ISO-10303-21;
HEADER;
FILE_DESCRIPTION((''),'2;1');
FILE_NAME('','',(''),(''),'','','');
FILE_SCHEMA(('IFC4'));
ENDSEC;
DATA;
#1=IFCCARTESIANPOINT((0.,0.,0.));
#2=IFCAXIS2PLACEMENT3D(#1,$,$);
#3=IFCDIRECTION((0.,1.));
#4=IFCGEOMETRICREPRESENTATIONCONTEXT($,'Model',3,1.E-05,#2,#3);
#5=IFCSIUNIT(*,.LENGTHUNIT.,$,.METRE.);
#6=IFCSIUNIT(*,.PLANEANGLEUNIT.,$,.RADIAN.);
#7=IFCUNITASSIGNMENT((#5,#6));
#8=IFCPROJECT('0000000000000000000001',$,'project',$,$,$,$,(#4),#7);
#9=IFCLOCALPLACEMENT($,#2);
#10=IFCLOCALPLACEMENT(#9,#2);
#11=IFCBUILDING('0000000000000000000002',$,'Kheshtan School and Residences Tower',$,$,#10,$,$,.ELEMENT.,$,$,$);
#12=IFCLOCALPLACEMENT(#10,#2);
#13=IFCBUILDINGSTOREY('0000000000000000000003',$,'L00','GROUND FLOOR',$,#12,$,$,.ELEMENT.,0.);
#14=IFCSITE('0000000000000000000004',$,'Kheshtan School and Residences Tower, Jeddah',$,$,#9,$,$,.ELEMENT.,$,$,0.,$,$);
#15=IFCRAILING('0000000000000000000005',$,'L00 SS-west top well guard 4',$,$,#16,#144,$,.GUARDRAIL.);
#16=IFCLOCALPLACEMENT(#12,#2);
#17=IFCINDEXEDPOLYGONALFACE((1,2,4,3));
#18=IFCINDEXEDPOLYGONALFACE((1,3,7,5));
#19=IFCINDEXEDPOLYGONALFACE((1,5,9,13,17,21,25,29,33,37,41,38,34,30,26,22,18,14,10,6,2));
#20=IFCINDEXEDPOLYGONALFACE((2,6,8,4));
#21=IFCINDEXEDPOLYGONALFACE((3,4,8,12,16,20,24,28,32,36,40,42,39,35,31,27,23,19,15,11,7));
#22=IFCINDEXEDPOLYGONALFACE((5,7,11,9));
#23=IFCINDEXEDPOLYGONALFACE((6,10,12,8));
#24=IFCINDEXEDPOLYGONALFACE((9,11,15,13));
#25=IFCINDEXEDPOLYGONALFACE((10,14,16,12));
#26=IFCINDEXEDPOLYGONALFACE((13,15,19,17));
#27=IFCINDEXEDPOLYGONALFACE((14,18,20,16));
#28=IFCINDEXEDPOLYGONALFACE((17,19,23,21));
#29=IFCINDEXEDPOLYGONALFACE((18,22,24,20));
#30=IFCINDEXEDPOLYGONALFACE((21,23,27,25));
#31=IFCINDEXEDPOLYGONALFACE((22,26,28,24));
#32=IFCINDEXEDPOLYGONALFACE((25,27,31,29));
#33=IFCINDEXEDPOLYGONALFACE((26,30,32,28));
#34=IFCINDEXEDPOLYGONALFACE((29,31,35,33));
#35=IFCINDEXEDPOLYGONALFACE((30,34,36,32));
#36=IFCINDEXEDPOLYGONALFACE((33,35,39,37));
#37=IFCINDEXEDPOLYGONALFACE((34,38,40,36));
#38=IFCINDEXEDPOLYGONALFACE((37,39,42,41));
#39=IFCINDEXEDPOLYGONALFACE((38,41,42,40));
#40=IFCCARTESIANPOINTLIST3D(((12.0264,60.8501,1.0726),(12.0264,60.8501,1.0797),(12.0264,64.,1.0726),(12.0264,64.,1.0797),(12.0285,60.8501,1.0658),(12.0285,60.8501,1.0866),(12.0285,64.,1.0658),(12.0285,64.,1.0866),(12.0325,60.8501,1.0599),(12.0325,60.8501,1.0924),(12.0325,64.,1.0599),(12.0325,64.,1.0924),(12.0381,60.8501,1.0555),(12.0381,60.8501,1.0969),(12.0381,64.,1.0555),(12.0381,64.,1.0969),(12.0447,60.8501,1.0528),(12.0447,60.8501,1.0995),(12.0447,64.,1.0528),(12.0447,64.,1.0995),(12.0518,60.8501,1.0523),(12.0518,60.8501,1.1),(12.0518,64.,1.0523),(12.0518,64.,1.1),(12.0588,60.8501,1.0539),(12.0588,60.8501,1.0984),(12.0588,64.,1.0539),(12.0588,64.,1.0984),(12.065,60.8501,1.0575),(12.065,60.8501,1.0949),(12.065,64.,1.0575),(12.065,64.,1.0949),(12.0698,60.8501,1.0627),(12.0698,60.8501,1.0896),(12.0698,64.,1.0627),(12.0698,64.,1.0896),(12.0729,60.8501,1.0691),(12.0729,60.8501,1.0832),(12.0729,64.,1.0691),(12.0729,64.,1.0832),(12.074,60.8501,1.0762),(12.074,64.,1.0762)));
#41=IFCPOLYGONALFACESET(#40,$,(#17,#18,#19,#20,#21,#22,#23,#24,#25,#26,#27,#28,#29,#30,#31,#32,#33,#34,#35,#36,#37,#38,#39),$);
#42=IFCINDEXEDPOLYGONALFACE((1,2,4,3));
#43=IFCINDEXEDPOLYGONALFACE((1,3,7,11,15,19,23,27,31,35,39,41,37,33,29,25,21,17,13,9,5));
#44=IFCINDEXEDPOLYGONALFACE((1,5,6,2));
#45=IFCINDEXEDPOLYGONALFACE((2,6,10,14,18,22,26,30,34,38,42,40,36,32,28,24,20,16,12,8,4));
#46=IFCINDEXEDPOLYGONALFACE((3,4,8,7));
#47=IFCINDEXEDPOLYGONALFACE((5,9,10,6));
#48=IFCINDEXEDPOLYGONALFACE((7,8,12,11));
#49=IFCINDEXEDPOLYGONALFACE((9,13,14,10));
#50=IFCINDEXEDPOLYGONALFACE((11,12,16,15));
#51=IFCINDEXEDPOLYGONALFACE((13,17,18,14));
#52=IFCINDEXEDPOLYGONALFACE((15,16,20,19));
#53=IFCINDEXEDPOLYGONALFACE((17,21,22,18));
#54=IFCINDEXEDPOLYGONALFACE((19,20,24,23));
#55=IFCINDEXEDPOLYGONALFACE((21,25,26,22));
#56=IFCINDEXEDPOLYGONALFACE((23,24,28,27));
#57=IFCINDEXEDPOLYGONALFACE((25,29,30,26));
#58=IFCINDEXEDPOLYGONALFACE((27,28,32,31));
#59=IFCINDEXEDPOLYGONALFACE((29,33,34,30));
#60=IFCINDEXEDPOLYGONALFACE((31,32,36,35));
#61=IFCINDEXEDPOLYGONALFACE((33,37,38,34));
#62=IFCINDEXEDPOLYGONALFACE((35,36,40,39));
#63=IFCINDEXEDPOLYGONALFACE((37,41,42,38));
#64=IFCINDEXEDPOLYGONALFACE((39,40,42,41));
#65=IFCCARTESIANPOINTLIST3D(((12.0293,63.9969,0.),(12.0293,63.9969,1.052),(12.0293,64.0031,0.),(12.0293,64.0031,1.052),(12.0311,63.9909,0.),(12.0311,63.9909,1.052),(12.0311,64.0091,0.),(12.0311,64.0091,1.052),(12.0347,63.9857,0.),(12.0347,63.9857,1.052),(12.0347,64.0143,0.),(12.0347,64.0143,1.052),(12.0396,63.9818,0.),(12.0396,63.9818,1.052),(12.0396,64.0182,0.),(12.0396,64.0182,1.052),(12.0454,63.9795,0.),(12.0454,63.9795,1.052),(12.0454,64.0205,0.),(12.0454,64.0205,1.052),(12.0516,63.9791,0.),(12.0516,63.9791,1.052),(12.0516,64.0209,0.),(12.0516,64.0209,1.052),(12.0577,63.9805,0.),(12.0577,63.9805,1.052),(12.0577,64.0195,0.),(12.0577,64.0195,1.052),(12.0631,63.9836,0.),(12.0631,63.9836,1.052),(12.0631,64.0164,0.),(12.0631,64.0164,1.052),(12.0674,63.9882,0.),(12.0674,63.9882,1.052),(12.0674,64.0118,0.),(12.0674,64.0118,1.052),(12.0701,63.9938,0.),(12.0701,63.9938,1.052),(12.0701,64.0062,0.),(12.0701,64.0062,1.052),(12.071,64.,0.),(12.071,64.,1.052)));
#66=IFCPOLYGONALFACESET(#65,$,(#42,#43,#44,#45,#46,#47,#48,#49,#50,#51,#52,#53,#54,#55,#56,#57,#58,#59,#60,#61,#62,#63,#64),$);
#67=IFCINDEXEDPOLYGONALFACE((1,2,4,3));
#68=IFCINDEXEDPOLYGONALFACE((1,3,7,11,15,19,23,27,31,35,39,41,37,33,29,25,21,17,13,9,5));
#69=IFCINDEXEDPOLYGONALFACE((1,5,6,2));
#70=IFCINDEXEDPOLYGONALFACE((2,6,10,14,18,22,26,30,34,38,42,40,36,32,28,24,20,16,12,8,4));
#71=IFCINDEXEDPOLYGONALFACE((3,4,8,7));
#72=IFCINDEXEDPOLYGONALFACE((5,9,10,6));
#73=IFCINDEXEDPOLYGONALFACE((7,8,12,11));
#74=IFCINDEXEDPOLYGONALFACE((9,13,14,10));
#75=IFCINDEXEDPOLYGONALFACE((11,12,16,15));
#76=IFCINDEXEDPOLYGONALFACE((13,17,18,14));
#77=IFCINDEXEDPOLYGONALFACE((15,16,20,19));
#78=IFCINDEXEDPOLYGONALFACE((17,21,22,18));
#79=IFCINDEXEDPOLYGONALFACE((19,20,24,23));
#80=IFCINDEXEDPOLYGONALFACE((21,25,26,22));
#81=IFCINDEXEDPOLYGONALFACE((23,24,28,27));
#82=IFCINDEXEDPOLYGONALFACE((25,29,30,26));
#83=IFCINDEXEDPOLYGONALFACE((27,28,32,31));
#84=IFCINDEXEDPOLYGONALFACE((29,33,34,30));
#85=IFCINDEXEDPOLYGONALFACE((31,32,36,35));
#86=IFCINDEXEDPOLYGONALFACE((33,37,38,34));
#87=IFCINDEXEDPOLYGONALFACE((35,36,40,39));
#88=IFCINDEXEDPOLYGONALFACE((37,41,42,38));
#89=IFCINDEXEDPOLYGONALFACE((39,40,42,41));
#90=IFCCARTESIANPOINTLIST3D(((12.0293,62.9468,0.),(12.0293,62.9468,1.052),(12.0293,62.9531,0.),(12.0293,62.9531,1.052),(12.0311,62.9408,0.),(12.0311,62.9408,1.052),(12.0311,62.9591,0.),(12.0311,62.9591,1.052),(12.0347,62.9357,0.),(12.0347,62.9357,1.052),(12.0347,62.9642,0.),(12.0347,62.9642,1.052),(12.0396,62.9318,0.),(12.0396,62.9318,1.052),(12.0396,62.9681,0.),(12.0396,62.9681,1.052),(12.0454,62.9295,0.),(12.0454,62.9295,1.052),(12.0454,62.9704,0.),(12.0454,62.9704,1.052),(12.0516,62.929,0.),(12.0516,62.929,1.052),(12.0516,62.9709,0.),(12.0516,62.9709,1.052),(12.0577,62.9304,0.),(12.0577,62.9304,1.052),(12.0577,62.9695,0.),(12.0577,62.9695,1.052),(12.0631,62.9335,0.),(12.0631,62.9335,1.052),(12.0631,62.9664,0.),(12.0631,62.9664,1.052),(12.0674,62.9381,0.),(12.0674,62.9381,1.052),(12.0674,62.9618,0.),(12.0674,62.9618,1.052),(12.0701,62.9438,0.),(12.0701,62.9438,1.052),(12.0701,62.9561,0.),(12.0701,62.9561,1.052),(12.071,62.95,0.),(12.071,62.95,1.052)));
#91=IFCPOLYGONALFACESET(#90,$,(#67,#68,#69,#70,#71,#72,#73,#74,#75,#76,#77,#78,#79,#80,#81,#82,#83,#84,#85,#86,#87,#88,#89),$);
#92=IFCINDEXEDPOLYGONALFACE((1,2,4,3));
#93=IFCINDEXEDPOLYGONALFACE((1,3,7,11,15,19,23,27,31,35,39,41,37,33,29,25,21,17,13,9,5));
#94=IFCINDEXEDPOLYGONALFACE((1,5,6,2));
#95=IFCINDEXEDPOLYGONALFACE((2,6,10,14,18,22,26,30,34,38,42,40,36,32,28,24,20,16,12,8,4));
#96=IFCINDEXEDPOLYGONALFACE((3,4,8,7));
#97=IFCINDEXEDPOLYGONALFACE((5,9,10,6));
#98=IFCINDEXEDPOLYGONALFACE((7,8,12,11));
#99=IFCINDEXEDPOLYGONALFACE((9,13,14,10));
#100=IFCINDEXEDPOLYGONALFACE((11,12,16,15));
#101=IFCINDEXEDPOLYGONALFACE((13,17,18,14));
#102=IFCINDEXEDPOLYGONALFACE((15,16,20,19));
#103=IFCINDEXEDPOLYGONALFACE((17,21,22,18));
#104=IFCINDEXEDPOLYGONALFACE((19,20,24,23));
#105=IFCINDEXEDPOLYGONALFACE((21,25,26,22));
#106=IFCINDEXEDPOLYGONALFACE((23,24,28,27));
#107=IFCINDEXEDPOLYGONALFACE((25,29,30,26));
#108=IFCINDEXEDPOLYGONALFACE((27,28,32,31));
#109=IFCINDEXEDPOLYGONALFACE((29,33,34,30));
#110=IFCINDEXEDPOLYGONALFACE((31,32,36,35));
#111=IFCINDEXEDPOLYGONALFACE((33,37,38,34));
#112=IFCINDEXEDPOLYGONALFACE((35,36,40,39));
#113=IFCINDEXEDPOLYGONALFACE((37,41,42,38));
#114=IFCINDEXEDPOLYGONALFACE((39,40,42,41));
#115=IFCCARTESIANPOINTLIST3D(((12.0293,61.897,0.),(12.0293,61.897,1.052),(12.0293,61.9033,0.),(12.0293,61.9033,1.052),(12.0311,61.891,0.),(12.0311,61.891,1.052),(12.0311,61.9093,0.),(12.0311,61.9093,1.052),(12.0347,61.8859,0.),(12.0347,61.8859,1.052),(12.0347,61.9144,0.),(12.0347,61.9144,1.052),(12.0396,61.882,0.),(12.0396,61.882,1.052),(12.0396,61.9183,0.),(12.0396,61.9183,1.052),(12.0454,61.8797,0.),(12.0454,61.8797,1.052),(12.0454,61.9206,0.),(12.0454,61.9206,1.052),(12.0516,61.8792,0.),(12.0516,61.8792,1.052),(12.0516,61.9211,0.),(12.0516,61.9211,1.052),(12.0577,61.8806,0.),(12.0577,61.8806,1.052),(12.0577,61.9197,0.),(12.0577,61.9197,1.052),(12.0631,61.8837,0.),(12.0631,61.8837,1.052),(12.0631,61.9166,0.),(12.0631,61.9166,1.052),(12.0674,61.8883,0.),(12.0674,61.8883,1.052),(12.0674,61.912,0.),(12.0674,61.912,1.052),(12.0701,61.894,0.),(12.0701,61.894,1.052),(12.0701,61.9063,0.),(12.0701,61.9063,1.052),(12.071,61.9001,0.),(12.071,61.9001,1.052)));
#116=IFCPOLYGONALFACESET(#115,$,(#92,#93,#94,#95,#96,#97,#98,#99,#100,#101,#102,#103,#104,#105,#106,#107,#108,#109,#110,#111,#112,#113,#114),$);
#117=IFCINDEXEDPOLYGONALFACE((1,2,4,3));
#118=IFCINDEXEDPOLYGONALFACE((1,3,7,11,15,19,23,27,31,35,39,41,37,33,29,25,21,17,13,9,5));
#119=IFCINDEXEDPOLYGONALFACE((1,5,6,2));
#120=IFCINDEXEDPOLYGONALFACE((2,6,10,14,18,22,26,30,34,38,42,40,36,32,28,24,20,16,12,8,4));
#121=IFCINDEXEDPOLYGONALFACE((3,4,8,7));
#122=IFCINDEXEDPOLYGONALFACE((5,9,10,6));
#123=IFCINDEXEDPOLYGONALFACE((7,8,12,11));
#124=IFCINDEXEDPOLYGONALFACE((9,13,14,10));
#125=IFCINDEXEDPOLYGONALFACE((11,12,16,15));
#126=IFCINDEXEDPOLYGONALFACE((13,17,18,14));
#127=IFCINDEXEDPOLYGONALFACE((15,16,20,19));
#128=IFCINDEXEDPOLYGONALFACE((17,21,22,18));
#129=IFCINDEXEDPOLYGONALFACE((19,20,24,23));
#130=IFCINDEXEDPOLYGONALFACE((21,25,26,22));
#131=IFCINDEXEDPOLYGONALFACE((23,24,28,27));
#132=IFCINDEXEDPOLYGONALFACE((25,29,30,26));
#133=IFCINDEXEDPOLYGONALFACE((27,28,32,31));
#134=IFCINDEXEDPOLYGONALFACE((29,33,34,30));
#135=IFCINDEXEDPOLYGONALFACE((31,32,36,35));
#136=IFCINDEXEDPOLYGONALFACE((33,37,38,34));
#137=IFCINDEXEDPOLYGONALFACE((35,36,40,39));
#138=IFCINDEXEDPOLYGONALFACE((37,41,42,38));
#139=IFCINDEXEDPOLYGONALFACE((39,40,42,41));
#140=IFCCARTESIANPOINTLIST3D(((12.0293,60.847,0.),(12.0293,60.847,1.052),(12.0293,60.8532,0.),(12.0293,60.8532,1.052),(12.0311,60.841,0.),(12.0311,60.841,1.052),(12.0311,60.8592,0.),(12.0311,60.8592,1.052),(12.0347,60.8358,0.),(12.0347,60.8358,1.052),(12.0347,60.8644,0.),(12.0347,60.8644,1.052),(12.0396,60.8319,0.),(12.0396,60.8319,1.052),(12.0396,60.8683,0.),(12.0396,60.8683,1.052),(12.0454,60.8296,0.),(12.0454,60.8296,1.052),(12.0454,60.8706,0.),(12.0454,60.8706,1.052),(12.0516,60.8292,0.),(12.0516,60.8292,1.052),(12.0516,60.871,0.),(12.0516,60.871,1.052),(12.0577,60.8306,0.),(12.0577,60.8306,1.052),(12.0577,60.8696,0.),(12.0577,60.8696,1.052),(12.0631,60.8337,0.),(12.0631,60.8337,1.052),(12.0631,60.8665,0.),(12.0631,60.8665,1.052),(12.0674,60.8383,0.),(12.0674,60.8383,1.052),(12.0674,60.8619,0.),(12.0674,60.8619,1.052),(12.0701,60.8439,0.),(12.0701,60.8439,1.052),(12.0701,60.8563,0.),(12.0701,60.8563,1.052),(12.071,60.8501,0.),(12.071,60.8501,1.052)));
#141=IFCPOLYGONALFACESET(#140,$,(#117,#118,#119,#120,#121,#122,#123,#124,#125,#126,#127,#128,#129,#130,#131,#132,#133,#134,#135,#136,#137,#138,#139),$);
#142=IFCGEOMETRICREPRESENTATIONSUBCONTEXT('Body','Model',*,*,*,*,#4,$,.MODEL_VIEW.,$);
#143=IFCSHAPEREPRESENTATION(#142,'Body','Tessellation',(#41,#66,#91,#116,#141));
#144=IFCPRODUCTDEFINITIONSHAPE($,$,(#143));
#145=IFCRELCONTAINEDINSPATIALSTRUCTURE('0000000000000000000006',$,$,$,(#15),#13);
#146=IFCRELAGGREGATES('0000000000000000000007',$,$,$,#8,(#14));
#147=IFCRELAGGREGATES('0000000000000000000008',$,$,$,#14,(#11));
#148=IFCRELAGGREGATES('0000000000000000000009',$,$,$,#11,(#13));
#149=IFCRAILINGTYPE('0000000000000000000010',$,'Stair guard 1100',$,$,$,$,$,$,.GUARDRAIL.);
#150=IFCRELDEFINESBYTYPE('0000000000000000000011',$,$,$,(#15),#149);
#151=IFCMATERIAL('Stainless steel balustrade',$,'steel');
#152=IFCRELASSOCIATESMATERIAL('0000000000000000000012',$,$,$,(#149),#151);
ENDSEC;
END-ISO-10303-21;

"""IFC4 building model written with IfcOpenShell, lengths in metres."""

from ifc_helpers import new_model, si_unit, direction, frame, origin, origin_2d, place, context, subcontext, project, spatial, circle, extrude, material, type_object, element, save


model = new_model("IFC4")

# Units and contexts
model_context = context("Model", 3, precision=1e-05, world=origin(), true_north=direction((0.0, 1.0)))
body_context = subcontext(model_context, "Body", "Model", "MODEL_VIEW")
ifc_project = project(units=[si_unit("LENGTHUNIT", "METRE"), si_unit("PLANEANGLEUNIT", "RADIAN")], contexts=[model_context])

# Site, building, storey
site_placement = place(None, origin())
site = spatial("IfcSite", under=ifc_project, at=site_placement, Name="Kheshtan School and Residences Tower, Jeddah", CompositionType="ELEMENT", RefElevation=0.0)
building_placement = place(site_placement, origin())
building = spatial("IfcBuilding", under=site, at=building_placement, Name="Kheshtan School and Residences Tower", CompositionType="ELEMENT")
storey_placement = place(building_placement, origin())
storey = spatial("IfcBuildingStorey", under=building, at=storey_placement, Name="L00", Description="GROUND FLOOR", CompositionType="ELEMENT", Elevation=0.0)

# Railing
ifc_material_1 = material(Name="Stainless steel balustrade", Category="steel")
railing_type = type_object("IfcRailingType", Name="Stair guard 1100", PredefinedType="GUARDRAIL", material=ifc_material_1)
railing_1_placement = place(storey_placement, frame((12.05, 64.0, 0.0)))
element("IfcRailing", 1, at=railing_1_placement, inside=storey, type_object=railing_type, Name="L00 SS-west top well guard 4", PredefinedType="GUARDRAIL", context=body_context, shape_type="SweptSolid", body=[
    extrude(circle(Radius=0.0239, at=origin_2d()), frame((0.0, 0.0, 1.0762), z_axis=(0.0, -1.0, 0.0), x_axis=(1.0, 0.0, 0.0)), (0.0, 0.0, 1.0), 3.1499),
    extrude(circle(Radius=0.021, at=origin_2d()), origin(), (0.0, 0.0, 1.0), 1.052),
    extrude(circle(Radius=0.021, at=origin_2d()), frame((0.0, -1.05, 0.0)), (0.0, 0.0, 1.0), 1.052),
    extrude(circle(Radius=0.021, at=origin_2d()), frame((0.0, -2.0999, 0.0)), (0.0, 0.0, 1.0), 1.052),
    extrude(circle(Radius=0.021, at=origin_2d()), frame((0.0, -3.1499, 0.0)), (0.0, 0.0, 1.0), 1.052),
])

save(model, "model.ifc")
